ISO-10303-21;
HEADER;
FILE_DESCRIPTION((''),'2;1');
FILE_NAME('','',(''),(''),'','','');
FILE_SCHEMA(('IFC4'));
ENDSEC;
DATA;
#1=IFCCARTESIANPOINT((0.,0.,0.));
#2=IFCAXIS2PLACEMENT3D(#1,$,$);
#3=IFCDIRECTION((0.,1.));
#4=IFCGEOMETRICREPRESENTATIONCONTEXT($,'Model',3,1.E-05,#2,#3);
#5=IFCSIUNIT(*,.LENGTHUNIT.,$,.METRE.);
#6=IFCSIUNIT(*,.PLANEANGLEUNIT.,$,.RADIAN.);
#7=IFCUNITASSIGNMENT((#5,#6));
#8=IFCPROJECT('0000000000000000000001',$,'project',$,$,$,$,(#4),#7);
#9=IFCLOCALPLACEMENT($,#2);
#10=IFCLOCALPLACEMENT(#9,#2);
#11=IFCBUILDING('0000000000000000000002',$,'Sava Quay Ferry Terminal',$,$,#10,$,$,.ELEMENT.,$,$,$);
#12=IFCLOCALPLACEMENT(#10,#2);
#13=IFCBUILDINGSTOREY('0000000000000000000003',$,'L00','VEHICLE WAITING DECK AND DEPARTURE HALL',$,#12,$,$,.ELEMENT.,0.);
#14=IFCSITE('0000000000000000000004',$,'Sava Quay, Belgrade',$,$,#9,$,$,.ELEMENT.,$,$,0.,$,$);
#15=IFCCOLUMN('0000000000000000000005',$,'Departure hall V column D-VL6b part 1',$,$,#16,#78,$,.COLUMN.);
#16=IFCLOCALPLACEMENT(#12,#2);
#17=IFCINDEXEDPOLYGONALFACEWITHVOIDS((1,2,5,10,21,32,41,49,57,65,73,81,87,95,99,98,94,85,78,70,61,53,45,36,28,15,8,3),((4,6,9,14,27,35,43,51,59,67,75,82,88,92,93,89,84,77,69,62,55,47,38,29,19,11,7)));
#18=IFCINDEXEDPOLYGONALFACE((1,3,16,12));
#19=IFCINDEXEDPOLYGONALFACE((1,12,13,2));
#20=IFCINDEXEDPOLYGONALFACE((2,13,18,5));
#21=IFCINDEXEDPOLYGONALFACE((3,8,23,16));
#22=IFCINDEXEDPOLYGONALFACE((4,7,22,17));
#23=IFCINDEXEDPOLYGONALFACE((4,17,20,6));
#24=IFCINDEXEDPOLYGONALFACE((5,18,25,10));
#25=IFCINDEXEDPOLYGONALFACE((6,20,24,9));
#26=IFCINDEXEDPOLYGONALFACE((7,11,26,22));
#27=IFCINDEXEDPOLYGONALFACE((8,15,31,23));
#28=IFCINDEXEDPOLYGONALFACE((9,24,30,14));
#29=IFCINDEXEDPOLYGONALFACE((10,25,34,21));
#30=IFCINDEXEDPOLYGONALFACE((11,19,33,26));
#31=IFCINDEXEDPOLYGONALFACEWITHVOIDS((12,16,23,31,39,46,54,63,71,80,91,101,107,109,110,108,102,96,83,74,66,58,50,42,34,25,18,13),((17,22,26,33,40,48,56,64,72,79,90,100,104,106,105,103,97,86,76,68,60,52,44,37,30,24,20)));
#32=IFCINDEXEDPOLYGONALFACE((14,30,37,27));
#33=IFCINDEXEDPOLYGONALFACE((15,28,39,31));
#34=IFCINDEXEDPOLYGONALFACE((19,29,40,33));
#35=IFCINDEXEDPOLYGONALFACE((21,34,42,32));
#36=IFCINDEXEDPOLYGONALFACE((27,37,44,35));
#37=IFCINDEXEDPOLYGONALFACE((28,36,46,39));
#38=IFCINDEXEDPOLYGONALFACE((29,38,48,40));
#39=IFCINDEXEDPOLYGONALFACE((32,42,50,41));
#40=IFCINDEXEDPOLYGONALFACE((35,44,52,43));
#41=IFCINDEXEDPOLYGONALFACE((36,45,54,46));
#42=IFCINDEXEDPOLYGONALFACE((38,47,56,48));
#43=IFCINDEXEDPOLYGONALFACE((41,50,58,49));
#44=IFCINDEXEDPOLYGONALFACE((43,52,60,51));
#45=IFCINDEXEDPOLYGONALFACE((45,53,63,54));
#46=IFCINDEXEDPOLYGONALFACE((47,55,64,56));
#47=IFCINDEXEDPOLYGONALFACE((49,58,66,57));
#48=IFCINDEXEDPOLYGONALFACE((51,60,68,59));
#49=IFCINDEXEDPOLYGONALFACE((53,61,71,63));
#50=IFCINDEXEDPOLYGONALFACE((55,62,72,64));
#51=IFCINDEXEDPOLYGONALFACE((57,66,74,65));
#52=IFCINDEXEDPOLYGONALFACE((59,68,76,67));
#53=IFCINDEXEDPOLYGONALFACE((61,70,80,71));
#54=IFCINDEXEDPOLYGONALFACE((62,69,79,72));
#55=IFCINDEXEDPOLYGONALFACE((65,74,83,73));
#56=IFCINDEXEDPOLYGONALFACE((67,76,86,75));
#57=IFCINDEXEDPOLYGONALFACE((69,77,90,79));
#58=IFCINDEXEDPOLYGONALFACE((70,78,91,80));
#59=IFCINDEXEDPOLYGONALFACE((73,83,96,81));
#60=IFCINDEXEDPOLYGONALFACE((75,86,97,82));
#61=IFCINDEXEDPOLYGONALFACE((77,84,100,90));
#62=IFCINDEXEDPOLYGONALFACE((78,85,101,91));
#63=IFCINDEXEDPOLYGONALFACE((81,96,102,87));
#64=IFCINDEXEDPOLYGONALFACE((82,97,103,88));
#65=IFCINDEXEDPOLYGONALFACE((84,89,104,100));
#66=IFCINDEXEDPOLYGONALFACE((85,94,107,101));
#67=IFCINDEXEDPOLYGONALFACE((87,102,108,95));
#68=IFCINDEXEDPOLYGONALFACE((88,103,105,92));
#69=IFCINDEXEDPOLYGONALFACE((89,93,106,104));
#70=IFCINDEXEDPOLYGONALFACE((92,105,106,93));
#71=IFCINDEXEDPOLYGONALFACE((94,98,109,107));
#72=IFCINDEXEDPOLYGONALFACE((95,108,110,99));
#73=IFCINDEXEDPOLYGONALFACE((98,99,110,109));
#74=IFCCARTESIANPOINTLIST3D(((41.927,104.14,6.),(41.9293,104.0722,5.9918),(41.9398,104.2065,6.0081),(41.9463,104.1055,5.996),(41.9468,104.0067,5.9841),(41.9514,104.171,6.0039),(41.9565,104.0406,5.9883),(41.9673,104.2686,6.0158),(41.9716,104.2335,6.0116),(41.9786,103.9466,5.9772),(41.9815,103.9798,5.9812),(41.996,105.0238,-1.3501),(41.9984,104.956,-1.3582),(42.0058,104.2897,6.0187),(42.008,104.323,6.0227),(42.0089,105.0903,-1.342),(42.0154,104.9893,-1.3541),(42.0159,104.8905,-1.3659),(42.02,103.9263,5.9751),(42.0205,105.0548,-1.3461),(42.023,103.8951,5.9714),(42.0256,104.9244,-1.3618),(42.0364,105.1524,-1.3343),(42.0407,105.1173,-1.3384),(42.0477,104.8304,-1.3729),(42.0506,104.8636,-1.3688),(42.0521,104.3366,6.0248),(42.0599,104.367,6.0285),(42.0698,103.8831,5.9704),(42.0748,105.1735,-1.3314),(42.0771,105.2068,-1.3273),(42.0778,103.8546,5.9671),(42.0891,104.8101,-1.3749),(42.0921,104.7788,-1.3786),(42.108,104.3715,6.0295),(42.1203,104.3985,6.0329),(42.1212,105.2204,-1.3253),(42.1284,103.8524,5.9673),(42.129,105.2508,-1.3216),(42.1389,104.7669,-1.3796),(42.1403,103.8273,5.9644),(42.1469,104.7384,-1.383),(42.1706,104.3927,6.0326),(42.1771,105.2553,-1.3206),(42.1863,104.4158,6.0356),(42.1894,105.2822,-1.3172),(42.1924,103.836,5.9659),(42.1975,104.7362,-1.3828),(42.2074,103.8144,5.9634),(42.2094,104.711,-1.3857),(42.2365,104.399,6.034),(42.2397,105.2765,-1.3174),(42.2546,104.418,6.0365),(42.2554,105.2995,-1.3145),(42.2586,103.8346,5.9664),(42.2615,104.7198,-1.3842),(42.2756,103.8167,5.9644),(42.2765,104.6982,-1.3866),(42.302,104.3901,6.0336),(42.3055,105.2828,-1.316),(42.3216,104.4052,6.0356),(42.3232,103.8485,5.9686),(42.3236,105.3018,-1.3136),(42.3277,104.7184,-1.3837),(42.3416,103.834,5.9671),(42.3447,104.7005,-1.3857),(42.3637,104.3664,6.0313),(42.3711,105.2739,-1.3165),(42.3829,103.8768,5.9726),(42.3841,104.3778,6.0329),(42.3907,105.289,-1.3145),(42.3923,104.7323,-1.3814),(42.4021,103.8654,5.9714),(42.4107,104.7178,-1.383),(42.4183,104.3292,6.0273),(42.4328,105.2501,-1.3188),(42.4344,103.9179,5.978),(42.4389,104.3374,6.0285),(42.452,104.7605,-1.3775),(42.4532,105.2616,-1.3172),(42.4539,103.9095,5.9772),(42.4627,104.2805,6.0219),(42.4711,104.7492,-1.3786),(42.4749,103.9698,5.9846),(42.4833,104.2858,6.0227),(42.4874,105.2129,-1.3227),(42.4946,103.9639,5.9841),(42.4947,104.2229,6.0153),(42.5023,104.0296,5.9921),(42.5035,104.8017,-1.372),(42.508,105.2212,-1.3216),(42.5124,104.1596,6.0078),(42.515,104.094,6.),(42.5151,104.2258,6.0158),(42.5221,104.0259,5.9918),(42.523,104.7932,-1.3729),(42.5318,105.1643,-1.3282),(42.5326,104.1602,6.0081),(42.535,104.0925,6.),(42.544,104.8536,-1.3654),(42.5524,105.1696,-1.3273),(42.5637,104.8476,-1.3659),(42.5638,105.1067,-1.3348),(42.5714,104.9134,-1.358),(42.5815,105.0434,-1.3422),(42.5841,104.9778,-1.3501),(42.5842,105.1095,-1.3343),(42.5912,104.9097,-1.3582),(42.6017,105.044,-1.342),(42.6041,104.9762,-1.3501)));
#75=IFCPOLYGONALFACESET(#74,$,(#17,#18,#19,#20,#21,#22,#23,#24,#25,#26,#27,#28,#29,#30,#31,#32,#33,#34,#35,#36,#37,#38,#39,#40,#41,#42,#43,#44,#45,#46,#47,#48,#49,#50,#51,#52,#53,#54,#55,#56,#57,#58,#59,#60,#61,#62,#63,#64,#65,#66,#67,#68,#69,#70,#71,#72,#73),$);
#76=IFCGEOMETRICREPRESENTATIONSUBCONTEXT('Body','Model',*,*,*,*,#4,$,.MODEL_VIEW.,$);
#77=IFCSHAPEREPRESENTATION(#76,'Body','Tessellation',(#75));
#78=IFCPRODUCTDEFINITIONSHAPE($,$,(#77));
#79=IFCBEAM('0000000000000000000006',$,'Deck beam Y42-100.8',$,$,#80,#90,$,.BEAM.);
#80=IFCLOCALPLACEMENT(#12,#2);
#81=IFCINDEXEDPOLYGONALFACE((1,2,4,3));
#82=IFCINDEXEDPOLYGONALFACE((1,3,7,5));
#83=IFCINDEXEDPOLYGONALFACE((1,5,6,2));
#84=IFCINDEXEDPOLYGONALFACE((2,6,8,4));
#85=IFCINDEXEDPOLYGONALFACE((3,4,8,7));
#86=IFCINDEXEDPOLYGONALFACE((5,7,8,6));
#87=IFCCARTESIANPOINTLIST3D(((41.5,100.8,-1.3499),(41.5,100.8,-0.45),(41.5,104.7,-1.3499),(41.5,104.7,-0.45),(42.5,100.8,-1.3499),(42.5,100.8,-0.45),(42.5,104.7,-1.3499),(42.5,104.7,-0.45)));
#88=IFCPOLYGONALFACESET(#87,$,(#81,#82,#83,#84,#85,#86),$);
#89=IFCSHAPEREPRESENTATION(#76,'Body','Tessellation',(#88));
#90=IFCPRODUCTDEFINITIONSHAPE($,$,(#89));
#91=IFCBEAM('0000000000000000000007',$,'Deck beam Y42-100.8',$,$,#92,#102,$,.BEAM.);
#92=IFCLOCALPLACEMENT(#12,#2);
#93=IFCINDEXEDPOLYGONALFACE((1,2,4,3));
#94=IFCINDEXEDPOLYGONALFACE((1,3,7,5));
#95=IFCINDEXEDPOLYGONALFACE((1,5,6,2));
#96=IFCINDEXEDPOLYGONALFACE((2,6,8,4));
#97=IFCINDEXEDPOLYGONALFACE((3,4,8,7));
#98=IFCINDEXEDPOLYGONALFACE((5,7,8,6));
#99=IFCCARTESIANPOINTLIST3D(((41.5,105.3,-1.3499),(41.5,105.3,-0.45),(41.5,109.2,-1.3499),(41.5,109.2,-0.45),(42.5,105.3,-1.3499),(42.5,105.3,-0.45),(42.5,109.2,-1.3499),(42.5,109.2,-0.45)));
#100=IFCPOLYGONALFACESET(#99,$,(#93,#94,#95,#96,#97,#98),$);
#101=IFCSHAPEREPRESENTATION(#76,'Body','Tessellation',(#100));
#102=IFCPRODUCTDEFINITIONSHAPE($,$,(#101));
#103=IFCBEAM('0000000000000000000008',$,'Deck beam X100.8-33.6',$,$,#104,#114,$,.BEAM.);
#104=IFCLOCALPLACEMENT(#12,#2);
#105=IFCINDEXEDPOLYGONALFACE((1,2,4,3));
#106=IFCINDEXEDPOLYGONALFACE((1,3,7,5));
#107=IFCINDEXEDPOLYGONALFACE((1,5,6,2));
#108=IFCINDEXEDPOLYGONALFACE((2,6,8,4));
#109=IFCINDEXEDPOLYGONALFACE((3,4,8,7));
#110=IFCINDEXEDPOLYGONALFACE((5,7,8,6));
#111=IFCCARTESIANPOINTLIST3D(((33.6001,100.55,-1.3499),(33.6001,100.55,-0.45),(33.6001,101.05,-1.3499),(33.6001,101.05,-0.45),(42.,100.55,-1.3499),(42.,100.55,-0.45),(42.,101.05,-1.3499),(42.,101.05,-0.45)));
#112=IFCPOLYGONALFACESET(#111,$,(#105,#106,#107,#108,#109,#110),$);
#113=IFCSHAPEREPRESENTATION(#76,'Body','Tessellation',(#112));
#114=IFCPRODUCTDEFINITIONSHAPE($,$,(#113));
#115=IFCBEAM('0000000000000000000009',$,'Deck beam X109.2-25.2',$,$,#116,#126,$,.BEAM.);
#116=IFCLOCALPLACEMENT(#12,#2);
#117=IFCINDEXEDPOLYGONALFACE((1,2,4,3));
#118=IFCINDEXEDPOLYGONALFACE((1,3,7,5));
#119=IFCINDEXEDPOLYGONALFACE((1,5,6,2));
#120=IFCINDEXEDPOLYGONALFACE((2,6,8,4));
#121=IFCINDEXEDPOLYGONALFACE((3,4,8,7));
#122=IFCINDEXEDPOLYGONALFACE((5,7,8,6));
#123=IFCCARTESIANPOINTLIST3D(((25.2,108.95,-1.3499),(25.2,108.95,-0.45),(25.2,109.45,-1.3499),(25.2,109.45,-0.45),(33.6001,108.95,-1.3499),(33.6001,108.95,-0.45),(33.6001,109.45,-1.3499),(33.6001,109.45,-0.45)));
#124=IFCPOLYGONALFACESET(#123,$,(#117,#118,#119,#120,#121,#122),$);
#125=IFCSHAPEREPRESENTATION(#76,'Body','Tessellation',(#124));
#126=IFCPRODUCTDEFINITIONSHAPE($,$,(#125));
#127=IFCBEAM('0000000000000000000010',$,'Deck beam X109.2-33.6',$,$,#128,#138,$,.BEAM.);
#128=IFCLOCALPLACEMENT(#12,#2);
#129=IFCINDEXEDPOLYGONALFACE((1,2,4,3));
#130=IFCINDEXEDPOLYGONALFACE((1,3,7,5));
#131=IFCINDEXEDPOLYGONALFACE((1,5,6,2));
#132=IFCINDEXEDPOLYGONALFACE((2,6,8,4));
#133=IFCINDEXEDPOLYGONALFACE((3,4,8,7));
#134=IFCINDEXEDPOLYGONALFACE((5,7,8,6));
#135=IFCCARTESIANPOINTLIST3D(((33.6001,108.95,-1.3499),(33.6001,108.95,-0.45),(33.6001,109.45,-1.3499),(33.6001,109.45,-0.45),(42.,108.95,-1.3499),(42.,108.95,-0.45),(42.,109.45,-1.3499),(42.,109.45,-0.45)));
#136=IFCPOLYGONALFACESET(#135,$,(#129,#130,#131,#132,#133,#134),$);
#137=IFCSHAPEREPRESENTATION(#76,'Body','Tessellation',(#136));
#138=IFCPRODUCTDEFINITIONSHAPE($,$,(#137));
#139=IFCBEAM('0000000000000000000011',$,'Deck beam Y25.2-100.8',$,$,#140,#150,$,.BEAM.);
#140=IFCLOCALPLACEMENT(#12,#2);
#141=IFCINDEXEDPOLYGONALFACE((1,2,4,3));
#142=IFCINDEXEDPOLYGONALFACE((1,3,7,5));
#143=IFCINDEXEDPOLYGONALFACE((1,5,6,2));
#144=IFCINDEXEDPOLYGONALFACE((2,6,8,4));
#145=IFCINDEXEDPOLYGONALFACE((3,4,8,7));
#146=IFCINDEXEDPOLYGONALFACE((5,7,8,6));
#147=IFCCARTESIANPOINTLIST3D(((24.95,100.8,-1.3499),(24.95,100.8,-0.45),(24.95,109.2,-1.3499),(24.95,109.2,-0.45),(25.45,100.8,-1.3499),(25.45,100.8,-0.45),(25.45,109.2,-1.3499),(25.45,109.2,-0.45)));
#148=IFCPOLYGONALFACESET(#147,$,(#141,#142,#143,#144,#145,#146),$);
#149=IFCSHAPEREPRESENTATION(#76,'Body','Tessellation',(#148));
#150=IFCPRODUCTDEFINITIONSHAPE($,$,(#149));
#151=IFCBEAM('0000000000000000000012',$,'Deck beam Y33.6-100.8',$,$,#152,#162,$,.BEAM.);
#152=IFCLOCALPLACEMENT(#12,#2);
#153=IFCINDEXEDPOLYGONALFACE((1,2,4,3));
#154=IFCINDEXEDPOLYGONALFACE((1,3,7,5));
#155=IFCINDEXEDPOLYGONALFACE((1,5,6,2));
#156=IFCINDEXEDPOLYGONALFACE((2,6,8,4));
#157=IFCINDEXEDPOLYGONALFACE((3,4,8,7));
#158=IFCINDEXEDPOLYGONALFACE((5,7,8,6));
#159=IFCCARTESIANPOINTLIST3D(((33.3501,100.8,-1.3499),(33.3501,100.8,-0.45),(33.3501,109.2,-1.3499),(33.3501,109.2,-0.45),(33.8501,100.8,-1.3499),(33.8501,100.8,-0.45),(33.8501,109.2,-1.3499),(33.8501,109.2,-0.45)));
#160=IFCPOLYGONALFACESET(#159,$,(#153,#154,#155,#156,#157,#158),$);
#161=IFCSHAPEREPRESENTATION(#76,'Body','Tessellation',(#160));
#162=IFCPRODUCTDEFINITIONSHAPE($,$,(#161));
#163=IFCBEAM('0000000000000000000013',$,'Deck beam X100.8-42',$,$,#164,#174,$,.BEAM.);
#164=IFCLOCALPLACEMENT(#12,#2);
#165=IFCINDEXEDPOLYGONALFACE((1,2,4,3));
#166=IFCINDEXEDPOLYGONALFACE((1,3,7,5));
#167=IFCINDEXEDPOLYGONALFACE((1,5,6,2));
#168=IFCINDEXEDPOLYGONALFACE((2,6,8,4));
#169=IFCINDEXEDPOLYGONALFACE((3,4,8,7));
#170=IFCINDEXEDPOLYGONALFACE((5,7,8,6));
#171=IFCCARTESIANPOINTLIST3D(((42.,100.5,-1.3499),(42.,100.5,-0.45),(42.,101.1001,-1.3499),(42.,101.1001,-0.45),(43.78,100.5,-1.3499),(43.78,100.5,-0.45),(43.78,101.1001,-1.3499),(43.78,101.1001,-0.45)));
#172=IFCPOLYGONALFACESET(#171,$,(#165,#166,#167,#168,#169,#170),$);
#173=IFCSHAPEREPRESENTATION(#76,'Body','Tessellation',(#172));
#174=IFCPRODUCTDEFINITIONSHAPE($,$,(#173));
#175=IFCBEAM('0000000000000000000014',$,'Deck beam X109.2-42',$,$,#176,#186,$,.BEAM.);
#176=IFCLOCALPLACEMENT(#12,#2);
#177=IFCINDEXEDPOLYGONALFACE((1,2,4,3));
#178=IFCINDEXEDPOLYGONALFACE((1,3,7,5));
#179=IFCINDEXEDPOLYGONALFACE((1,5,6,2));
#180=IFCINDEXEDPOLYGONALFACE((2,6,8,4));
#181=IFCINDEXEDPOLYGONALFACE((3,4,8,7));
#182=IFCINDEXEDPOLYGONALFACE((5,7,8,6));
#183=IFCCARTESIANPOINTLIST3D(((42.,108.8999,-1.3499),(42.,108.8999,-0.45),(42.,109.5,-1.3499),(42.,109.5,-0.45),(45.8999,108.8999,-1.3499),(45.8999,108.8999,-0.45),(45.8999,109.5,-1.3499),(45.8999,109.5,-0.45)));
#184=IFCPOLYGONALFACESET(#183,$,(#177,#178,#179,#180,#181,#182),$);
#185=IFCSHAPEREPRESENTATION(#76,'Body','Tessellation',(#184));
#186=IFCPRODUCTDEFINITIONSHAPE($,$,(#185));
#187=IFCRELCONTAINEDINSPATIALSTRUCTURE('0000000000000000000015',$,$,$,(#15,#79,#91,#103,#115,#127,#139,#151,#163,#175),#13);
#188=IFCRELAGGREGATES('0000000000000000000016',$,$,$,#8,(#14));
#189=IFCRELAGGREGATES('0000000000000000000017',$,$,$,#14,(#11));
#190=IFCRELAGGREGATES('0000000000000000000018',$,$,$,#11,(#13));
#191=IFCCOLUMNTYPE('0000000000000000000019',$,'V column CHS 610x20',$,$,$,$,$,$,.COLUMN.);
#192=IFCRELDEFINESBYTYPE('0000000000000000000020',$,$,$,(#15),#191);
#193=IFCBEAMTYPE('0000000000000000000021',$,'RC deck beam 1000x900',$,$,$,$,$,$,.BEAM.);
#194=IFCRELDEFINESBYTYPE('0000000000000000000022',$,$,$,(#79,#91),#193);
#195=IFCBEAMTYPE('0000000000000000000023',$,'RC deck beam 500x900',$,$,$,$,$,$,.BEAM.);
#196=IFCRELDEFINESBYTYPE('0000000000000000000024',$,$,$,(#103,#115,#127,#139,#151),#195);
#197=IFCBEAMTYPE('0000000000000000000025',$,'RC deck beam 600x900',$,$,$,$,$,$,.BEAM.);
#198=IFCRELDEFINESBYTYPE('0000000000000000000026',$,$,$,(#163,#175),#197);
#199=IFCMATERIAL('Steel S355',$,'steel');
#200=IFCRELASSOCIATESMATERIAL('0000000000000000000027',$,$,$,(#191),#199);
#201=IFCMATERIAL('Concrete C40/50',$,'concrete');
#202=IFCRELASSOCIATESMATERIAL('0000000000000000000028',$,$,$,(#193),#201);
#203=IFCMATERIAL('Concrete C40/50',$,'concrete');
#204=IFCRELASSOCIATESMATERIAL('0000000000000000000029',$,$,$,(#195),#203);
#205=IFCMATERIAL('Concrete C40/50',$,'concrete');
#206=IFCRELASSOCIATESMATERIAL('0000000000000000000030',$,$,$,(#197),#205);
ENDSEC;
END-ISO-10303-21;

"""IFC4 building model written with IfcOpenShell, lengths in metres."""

from ifc_helpers import new_model, si_unit, direction, frame, origin, origin_2d, place, context, subcontext, project, spatial, rectangle, hollow_circle, extrude, material, material_profile, profile_set, type_object, element, save


model = new_model("IFC4")

# Units and contexts
model_context = context("Model", 3, precision=1e-05, world=origin(), true_north=direction((0.0, 1.0)))
body_context = subcontext(model_context, "Body", "Model", "MODEL_VIEW")
ifc_project = project(units=[si_unit("LENGTHUNIT", "METRE"), si_unit("PLANEANGLEUNIT", "RADIAN")], contexts=[model_context])

# Site, building, storey
site_placement = place(None, origin())
site = spatial("IfcSite", under=ifc_project, at=site_placement, Name="Sava Quay, Belgrade", CompositionType="ELEMENT", RefElevation=0.0)
building_placement = place(site_placement, origin())
building = spatial("IfcBuilding", under=site, at=building_placement, Name="Sava Quay Ferry Terminal", CompositionType="ELEMENT")
storey_placement = place(building_placement, origin())
storey = spatial("IfcBuildingStorey", under=building, at=storey_placement, Name="L00", Description="VEHICLE WAITING DECK AND DEPARTURE HALL", CompositionType="ELEMENT", Elevation=0.0)

# Column
ifc_material_1 = material(Name="Steel S355", Category="steel")
ifc_material_profile_1 = material_profile(ifc_material_1, hollow_circle(Radius=0.3049, WallThickness=0.02, at=origin_2d()), Name="CHS 610 x 20.0")
ifc_profile_set_1 = profile_set([ifc_material_profile_1], Name="Steel S355")
column_type = type_object("IfcColumnType", Name="V column CHS 610x20", PredefinedType="COLUMN", material=ifc_profile_set_1)
column_placement = place(storey_placement, frame((42.3, 105.0, -1.3501), z_axis=(-0.009332, -0.119377, 0.992805), x_axis=(0.996958, -0.077939, 0.0)))
element("IfcColumn", 1, at=column_placement, inside=storey, type_object=column_type, Name="Departure hall V column D-VL6b part 1", PredefinedType="COLUMN", context=body_context, shape_type="SweptSolid", body=[
    extrude(hollow_circle(Radius=0.3049, WallThickness=0.02, at=origin_2d()), origin(), (0.0, 0.0, 1.0), 7.4033),
])

# Beams
ifc_material_2 = material(Name="Concrete C40/50", Category="concrete")
ifc_material_profile_2 = material_profile(ifc_material_2, rectangle(XDim=1.0, YDim=0.8999, at=origin_2d()), Name="RC 1000x900")
ifc_profile_set_2 = profile_set([ifc_material_profile_2], Name="Concrete C40/50")
beam_type_1 = type_object("IfcBeamType", Name="RC deck beam 1000x900", PredefinedType="BEAM", material=ifc_profile_set_2)
for number, where, z_axis, x_axis, name in (
    (2, (42.0, 100.8, -0.8999), (0.0, 1.0, 0.0), (-1.0, 0.0, 0.0), "Deck beam Y42-100.8"),
    (3, (42.0, 105.3, -0.8999), (0.0, 1.0, 0.0), (-1.0, 0.0, 0.0), "Deck beam Y42-100.8"),
):
    element("IfcBeam", number, at=place(storey_placement, frame(where, z_axis=z_axis, x_axis=x_axis)), inside=storey, type_object=beam_type_1, Name=name, PredefinedType="BEAM", context=body_context, shape_type="SweptSolid", body=[
        extrude(rectangle(XDim=1.0, YDim=0.8999, at=origin_2d()), origin(), (0.0, 0.0, 1.0), 3.8999),
    ])
ifc_material_3 = material(Name="Concrete C40/50", Category="concrete")
ifc_material_profile_3 = material_profile(ifc_material_3, rectangle(XDim=0.5, YDim=0.8999, at=origin_2d()), Name="RC 500x900")
ifc_profile_set_3 = profile_set([ifc_material_profile_3], Name="Concrete C40/50")
beam_type_2 = type_object("IfcBeamType", Name="RC deck beam 500x900", PredefinedType="BEAM", material=ifc_profile_set_3)
beam_1_placement = place(storey_placement, frame((33.6001, 100.8, -0.8999), z_axis=(1.0, 0.0, 0.0), x_axis=(0.0, 1.0, 0.0)))
element("IfcBeam", 4, at=beam_1_placement, inside=storey, type_object=beam_type_2, Name="Deck beam X100.8-33.6", PredefinedType="BEAM", context=body_context, shape_type="SweptSolid", body=[
    extrude(rectangle(XDim=0.5, YDim=0.8999, at=origin_2d()), origin(), (0.0, 0.0, 1.0), 8.3999),
])
beam_2_placement = place(storey_placement, frame((25.2, 109.2, -0.8999), z_axis=(1.0, 0.0, 0.0), x_axis=(0.0, 1.0, 0.0)))
element("IfcBeam", 5, at=beam_2_placement, inside=storey, type_object=beam_type_2, Name="Deck beam X109.2-25.2", PredefinedType="BEAM", context=body_context, shape_type="SweptSolid", body=[
    extrude(rectangle(XDim=0.5, YDim=0.8999, at=origin_2d()), origin(), (0.0, 0.0, 1.0), 8.4001),
])
for number, where, z_axis, x_axis, name in (
    (6, (33.6001, 109.2, -0.8999), (1.0, 0.0, 0.0), (0.0, 1.0, 0.0), "Deck beam X109.2-33.6"),
    (7, (25.2, 100.8, -0.8999), (0.0, 1.0, 0.0), (-1.0, 0.0, 0.0), "Deck beam Y25.2-100.8"),
    (8, (33.6001, 100.8, -0.8999), (0.0, 1.0, 0.0), (-1.0, 0.0, 0.0), "Deck beam Y33.6-100.8"),
):
    element("IfcBeam", number, at=place(storey_placement, frame(where, z_axis=z_axis, x_axis=x_axis)), inside=storey, type_object=beam_type_2, Name=name, PredefinedType="BEAM", context=body_context, shape_type="SweptSolid", body=[
        extrude(rectangle(XDim=0.5, YDim=0.8999, at=origin_2d()), origin(), (0.0, 0.0, 1.0), 8.3999),
    ])
ifc_material_4 = material(Name="Concrete C40/50", Category="concrete")
ifc_material_profile_4 = material_profile(ifc_material_4, rectangle(XDim=0.6001, YDim=0.8999, at=origin_2d()), Name="RC 600x900")
ifc_profile_set_4 = profile_set([ifc_material_profile_4], Name="Concrete C40/50")
beam_type_3 = type_object("IfcBeamType", Name="RC deck beam 600x900", PredefinedType="BEAM", material=ifc_profile_set_4)
beam_3_placement = place(storey_placement, frame((42.0, 100.8, -0.8999), z_axis=(1.0, 0.0, 0.0), x_axis=(0.0, 1.0, 0.0)))
element("IfcBeam", 9, at=beam_3_placement, inside=storey, type_object=beam_type_3, Name="Deck beam X100.8-42", PredefinedType="BEAM", context=body_context, shape_type="SweptSolid", body=[
    extrude(rectangle(XDim=0.6001, YDim=0.8999, at=origin_2d()), origin(), (0.0, 0.0, 1.0), 1.78),
])
beam_4_placement = place(storey_placement, frame((42.0, 109.2, -0.8999), z_axis=(1.0, 0.0, 0.0), x_axis=(0.0, 1.0, 0.0)))
element("IfcBeam", 10, at=beam_4_placement, inside=storey, type_object=beam_type_3, Name="Deck beam X109.2-42", PredefinedType="BEAM", context=body_context, shape_type="SweptSolid", body=[
    extrude(rectangle(XDim=0.6001, YDim=0.8999, at=origin_2d()), origin(), (0.0, 0.0, 1.0), 3.8999),
])

save(model, "model.ifc")
